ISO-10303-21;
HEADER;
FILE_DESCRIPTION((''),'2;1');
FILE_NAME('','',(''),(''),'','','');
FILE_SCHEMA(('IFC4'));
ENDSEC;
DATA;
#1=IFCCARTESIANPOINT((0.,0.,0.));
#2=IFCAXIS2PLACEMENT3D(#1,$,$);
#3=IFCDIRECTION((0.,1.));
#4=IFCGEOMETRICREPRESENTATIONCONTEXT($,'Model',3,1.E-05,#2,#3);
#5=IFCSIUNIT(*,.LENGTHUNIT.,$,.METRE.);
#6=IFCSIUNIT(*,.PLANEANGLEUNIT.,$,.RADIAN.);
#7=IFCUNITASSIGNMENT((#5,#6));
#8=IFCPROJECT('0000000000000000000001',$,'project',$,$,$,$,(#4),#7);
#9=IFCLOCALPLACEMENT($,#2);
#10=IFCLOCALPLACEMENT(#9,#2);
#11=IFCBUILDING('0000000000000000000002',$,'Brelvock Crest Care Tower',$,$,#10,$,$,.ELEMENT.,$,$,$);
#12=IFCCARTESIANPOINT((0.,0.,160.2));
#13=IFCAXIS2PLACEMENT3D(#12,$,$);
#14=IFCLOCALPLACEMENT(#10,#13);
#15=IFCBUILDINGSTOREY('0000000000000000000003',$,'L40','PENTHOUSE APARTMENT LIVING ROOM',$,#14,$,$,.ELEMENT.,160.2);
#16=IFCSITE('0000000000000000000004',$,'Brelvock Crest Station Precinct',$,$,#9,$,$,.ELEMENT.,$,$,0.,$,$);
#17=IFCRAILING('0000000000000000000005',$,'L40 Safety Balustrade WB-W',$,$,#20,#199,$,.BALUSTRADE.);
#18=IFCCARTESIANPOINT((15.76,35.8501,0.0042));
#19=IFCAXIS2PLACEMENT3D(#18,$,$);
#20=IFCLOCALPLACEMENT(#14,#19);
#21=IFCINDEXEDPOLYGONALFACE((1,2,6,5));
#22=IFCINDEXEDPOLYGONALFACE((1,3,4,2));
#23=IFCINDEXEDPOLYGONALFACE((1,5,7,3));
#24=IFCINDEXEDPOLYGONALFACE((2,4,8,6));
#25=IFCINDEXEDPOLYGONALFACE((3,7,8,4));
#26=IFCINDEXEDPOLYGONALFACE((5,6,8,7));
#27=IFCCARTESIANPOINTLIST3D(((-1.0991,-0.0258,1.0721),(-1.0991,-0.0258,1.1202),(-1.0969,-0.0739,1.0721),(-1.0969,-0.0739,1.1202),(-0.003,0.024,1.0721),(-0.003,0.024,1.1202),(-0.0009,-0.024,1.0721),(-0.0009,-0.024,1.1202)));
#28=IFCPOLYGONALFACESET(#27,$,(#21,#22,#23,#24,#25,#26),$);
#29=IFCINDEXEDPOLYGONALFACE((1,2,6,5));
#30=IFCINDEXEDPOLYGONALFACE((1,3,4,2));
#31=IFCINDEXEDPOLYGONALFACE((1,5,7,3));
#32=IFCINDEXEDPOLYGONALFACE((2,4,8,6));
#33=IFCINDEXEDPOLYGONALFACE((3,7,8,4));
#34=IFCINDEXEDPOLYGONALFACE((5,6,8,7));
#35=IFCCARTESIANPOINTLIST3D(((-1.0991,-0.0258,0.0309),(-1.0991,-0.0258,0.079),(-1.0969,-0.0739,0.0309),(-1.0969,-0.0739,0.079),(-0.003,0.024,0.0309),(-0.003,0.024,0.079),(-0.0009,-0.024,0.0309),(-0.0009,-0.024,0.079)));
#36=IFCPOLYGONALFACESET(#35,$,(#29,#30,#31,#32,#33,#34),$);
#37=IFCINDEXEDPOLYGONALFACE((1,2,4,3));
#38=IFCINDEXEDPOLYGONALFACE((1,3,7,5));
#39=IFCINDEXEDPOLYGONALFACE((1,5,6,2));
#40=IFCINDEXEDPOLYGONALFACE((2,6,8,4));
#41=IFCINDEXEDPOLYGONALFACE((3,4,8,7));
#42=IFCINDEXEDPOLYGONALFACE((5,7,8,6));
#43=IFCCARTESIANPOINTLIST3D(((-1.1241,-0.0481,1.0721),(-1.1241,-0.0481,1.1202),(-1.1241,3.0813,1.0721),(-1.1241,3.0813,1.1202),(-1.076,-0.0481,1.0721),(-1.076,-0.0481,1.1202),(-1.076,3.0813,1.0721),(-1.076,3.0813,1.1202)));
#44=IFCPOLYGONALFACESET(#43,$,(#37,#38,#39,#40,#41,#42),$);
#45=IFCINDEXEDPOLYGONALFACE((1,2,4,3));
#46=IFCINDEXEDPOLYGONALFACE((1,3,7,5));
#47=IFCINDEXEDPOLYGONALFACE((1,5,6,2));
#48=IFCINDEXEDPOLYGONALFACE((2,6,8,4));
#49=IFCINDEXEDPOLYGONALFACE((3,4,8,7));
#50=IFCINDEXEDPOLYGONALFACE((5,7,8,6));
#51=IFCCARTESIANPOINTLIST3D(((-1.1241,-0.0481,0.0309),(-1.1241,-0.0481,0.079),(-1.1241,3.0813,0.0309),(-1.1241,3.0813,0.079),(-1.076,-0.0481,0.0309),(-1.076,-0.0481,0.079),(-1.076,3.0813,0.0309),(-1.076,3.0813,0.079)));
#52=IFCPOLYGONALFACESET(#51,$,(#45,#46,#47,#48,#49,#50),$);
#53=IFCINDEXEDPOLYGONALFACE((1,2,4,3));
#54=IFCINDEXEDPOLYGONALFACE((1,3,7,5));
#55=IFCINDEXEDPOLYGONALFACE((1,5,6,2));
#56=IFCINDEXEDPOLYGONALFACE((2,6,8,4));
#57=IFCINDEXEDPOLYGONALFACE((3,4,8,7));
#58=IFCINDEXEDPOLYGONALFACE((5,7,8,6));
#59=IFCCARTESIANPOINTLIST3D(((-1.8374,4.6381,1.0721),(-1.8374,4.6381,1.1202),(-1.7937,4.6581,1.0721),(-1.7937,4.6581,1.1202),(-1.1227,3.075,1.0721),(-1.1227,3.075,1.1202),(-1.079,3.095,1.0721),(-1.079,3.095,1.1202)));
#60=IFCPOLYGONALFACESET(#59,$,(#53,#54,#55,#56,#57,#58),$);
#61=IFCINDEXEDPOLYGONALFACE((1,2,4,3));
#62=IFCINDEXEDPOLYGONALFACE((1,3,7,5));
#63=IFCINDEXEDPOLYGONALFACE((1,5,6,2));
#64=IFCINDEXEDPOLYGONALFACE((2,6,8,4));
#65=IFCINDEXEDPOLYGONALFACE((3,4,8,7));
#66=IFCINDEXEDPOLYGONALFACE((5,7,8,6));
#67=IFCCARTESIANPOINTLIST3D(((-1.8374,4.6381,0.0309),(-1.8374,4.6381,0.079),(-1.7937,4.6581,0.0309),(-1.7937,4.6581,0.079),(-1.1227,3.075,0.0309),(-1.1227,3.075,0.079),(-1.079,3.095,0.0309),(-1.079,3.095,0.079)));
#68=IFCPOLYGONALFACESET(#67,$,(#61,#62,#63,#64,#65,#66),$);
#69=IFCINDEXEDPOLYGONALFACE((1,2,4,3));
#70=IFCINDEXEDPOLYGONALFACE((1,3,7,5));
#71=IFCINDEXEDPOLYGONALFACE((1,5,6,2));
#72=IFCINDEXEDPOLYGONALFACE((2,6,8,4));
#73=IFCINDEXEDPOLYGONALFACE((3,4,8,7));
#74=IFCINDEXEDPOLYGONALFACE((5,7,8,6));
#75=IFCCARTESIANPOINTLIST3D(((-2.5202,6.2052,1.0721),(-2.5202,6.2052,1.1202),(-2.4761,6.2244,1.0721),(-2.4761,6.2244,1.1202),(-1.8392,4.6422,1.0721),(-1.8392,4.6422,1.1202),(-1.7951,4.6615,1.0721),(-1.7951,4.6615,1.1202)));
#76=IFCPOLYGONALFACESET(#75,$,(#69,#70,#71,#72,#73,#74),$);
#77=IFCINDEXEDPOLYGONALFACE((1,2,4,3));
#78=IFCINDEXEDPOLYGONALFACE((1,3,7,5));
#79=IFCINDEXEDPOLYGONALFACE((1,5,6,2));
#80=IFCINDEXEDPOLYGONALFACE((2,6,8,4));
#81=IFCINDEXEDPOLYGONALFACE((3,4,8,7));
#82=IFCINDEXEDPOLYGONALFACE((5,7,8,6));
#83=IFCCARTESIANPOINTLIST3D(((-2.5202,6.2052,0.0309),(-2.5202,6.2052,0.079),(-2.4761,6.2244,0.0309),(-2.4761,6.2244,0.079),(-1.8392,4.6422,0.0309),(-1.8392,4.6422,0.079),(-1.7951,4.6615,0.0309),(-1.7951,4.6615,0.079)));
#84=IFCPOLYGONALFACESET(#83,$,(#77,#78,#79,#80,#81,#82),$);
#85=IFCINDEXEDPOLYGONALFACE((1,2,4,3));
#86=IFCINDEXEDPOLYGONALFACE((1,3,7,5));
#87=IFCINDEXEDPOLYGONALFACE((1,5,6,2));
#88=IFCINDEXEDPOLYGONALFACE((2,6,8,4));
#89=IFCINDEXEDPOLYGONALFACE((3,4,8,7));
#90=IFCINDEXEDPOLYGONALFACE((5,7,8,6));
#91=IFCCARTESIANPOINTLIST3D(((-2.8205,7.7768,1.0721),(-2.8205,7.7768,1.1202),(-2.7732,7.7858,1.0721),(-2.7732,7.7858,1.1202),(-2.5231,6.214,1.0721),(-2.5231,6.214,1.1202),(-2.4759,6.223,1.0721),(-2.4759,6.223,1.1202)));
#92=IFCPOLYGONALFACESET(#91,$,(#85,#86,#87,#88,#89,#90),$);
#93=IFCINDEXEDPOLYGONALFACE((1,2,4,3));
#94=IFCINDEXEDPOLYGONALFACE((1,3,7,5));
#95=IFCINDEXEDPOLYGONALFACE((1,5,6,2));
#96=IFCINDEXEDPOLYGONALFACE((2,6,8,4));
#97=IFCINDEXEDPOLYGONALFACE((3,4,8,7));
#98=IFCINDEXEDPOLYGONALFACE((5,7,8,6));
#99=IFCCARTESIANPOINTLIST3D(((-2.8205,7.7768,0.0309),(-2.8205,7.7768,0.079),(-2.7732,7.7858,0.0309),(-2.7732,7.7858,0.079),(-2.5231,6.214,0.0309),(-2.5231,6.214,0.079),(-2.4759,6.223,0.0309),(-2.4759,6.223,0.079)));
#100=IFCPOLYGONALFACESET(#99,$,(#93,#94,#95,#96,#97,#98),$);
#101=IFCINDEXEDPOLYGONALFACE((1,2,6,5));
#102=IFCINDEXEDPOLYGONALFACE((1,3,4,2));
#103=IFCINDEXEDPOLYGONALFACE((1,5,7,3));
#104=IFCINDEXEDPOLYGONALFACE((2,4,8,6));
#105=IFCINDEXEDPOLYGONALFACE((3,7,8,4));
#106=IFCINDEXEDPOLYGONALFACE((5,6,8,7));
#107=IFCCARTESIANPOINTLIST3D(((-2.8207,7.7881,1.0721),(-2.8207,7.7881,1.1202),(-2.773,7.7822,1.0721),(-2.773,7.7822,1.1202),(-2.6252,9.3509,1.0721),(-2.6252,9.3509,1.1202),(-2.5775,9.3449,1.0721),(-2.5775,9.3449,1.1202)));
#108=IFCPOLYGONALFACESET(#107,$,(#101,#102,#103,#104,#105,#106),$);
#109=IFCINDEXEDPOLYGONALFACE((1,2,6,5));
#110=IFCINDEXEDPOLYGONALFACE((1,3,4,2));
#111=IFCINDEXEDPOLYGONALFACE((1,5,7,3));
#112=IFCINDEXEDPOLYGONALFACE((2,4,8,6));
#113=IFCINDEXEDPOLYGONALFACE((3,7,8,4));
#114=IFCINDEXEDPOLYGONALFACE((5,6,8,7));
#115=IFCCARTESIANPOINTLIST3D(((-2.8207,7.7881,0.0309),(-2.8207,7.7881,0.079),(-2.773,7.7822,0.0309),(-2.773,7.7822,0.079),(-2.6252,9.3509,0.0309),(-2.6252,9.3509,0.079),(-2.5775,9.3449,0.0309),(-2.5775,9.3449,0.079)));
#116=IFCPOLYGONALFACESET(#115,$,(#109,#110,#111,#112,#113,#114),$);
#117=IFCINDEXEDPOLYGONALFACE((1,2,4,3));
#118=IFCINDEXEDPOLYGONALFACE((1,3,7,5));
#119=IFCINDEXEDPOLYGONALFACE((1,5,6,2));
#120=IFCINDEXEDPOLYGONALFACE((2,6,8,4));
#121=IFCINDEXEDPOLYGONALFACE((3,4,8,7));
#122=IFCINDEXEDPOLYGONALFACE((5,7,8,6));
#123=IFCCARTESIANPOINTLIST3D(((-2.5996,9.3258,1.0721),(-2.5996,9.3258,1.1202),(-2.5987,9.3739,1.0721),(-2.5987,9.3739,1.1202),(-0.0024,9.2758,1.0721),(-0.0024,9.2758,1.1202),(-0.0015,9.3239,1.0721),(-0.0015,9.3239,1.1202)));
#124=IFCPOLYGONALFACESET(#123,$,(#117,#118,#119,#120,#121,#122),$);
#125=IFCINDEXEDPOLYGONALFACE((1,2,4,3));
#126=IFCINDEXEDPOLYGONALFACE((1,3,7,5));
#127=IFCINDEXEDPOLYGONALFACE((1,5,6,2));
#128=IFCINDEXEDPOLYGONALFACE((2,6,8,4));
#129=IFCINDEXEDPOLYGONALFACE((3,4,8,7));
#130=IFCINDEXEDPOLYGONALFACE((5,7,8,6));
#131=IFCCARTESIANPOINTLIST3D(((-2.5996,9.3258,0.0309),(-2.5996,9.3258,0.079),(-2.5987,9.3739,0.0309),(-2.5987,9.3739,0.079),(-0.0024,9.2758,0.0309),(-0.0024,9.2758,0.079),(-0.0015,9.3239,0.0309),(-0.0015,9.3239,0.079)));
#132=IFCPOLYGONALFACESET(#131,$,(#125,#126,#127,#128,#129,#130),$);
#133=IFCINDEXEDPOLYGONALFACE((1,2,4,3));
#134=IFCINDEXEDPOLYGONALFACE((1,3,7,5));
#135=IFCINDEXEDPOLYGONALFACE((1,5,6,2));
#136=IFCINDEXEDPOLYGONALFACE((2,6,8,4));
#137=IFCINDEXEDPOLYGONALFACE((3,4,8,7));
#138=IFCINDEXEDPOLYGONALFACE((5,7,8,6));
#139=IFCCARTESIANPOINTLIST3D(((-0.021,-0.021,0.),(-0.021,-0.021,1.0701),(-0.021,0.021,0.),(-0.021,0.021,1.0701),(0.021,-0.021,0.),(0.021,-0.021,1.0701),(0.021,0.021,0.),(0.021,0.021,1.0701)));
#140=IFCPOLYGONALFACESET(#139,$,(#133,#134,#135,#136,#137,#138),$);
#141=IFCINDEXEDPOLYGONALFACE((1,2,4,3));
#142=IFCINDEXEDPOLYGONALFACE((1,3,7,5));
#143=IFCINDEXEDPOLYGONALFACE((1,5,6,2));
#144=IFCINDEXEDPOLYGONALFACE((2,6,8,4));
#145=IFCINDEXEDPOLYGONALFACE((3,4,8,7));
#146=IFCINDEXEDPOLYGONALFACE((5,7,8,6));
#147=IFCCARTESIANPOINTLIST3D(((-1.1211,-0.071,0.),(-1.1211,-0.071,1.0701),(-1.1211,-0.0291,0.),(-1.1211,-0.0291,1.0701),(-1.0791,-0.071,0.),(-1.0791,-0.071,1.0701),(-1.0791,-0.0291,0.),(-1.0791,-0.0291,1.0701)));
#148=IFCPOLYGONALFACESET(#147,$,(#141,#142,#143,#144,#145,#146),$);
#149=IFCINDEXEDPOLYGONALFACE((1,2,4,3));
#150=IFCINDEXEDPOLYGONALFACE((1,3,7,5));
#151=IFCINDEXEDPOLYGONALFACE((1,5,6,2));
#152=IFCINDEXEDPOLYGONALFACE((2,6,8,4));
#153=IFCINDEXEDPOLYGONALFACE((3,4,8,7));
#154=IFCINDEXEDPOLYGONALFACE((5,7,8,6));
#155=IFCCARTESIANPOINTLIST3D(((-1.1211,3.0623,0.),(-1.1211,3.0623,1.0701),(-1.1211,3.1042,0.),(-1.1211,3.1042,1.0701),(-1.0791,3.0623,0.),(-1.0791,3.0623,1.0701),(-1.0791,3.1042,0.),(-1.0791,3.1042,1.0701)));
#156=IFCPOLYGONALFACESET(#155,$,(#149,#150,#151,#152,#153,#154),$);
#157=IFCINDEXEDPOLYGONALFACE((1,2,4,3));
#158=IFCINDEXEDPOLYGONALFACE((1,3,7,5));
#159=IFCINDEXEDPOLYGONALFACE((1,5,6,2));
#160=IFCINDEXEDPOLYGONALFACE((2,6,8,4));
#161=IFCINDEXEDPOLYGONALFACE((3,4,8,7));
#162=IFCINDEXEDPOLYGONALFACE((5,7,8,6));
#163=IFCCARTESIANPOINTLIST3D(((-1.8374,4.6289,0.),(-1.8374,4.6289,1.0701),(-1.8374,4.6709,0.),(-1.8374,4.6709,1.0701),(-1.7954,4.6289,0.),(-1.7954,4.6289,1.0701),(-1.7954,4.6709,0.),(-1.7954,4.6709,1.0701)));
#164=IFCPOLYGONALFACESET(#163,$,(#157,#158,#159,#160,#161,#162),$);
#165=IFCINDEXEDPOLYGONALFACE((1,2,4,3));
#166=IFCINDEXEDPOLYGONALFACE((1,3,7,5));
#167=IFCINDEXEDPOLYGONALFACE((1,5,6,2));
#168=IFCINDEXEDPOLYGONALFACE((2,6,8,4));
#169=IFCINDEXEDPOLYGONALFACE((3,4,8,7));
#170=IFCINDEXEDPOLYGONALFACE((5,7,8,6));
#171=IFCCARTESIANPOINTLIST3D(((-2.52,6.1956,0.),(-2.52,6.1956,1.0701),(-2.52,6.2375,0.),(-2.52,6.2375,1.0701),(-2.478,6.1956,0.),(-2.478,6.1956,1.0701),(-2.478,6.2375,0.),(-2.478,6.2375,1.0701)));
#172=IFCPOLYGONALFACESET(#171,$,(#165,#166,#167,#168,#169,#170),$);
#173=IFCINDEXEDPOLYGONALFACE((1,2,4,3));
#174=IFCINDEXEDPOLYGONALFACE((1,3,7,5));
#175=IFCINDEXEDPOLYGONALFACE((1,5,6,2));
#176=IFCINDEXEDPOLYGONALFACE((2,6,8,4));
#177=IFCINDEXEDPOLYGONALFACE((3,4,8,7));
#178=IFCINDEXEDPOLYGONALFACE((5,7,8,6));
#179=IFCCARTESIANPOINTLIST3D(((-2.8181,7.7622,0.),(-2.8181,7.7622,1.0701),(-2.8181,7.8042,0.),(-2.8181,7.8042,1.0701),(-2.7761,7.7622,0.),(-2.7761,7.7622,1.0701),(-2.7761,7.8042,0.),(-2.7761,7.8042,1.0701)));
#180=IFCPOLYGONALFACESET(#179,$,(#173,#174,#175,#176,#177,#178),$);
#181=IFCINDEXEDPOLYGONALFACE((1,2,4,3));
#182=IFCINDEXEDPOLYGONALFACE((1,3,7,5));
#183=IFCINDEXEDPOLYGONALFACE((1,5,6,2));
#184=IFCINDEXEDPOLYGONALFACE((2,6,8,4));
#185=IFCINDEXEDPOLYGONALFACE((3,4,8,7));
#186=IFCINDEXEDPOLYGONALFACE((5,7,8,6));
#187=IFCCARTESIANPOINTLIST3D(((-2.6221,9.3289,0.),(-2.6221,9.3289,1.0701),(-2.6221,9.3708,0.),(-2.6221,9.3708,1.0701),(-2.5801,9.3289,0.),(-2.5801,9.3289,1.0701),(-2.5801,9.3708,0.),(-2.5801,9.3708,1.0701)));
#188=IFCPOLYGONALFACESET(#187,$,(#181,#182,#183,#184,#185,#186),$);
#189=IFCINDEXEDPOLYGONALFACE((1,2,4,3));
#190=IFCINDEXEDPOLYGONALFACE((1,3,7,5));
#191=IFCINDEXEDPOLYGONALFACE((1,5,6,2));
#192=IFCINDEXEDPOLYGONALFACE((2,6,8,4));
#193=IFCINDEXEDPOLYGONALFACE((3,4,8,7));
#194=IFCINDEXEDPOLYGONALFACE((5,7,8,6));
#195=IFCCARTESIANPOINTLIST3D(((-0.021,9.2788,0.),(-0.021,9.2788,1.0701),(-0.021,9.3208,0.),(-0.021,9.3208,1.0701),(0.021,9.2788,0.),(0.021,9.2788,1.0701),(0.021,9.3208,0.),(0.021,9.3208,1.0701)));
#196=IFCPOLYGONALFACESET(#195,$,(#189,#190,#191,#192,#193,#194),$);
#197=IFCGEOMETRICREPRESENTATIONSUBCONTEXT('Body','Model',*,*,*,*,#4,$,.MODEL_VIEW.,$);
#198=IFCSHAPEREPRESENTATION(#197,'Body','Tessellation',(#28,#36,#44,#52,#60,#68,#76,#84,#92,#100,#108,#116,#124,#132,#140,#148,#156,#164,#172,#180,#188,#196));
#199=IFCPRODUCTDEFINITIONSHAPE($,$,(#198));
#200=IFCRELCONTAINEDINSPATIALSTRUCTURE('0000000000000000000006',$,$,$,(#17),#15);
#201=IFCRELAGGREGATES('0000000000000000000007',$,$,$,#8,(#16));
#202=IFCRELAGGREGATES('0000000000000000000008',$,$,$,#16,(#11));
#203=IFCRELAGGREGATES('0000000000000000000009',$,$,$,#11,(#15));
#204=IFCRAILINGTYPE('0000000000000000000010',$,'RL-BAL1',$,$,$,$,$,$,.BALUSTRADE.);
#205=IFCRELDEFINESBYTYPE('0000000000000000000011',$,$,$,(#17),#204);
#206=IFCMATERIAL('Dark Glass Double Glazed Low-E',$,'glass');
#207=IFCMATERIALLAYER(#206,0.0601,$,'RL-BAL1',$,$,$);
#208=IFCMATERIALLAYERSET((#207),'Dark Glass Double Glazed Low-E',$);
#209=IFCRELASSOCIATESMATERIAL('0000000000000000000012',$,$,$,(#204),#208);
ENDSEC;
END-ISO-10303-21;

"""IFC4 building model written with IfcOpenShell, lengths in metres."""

from ifc_helpers import new_model, si_unit, direction, frame, origin, origin_2d, place, context, subcontext, project, spatial, rectangle, extrude, material, layer, layer_set, type_object, element, save


model = new_model("IFC4")

# Units and contexts
model_context = context("Model", 3, precision=1e-05, world=origin(), true_north=direction((0.0, 1.0)))
body_context = subcontext(model_context, "Body", "Model", "MODEL_VIEW")
ifc_project = project(units=[si_unit("LENGTHUNIT", "METRE"), si_unit("PLANEANGLEUNIT", "RADIAN")], contexts=[model_context])

# Site, building, storey
site_placement = place(None, origin())
site = spatial("IfcSite", under=ifc_project, at=site_placement, Name="Brelvock Crest Station Precinct", CompositionType="ELEMENT", RefElevation=0.0)
building_placement = place(site_placement, origin())
building = spatial("IfcBuilding", under=site, at=building_placement, Name="Brelvock Crest Care Tower", CompositionType="ELEMENT")
storey_placement = place(building_placement, frame((0.0, 0.0, 160.2)))
storey = spatial("IfcBuildingStorey", under=building, at=storey_placement, Name="L40", Description="PENTHOUSE APARTMENT LIVING ROOM", CompositionType="ELEMENT", Elevation=160.2)

# Shared definitions
ifc_material_1 = material(Name="Dark Glass Double Glazed Low-E", Category="glass")

# Railing
ifc_layer_1 = layer(ifc_material_1, 0.0601, Name="RL-BAL1")
ifc_layer_set_1 = layer_set([ifc_layer_1], Name="Dark Glass Double Glazed Low-E")
railing_type = type_object("IfcRailingType", Name="RL-BAL1", PredefinedType="BALUSTRADE", material=ifc_layer_set_1)
railing_placement = place(storey_placement, frame((15.76, 35.8501, 0.0042)))
element("IfcRailing", 1, at=railing_placement, inside=storey, type_object=railing_type, Name="L40 Safety Balustrade WB-W", PredefinedType="BALUSTRADE", context=body_context, shape_type="SweptSolid", body=[
    extrude(rectangle(XDim=0.0481, YDim=0.0481, at=origin_2d()), frame((-0.002, 0.0, 1.0962), z_axis=(-0.998967, -0.045448, 0.0), x_axis=(0.045448, -0.998967, 0.0)), (0.0, 0.0, 1.0), 1.0972),
    extrude(rectangle(XDim=0.0481, YDim=0.0481, at=origin_2d()), frame((-0.002, 0.0, 0.0549), z_axis=(-0.998967, -0.045448, 0.0), x_axis=(0.045448, -0.998967, 0.0)), (0.0, 0.0, 1.0), 1.0972),
    extrude(rectangle(XDim=0.0481, YDim=0.0481, at=origin_2d()), frame((-1.1001, -0.0481, 1.0962), z_axis=(0.0, 1.0, 0.0), x_axis=(-1.0, 0.0, 0.0)), (0.0, 0.0, 1.0), 3.1294),
    extrude(rectangle(XDim=0.0481, YDim=0.0481, at=origin_2d()), frame((-1.1001, -0.0481, 0.0549), z_axis=(0.0, 1.0, 0.0), x_axis=(-1.0, 0.0, 0.0)), (0.0, 0.0, 1.0), 3.1294),
    extrude(rectangle(XDim=0.0481, YDim=0.0481, at=origin_2d()), frame((-1.1008, 3.085, 1.0962), z_axis=(-0.41582, 0.909447, 0.0), x_axis=(-0.909447, -0.41582, 0.0)), (0.0, 0.0, 1.0), 1.7188),
    extrude(rectangle(XDim=0.0481, YDim=0.0481, at=origin_2d()), frame((-1.1008, 3.085, 0.0549), z_axis=(-0.41582, 0.909447, 0.0), x_axis=(-0.909447, -0.41582, 0.0)), (0.0, 0.0, 1.0), 1.7188),
    extrude(rectangle(XDim=0.0481, YDim=0.0481, at=origin_2d()), frame((-1.8171, 4.6519, 1.0962), z_axis=(-0.399447, 0.916756, 0.0), x_axis=(-0.916756, -0.399447, 0.0)), (0.0, 0.0, 1.0), 1.7048),
    extrude(rectangle(XDim=0.0481, YDim=0.0481, at=origin_2d()), frame((-1.8171, 4.6519, 0.0549), z_axis=(-0.399447, 0.916756, 0.0), x_axis=(-0.916756, -0.399447, 0.0)), (0.0, 0.0, 1.0), 1.7048),
    extrude(rectangle(XDim=0.0481, YDim=0.0481, at=origin_2d()), frame((-2.4995, 6.2185, 1.0962), z_axis=(-0.186922, 0.982375, 0.0), x_axis=(-0.982375, -0.186922, 0.0)), (0.0, 0.0, 1.0), 1.5908),
    extrude(rectangle(XDim=0.0481, YDim=0.0481, at=origin_2d()), frame((-2.4995, 6.2185, 0.0549), z_axis=(-0.186922, 0.982375, 0.0), x_axis=(-0.982375, -0.186922, 0.0)), (0.0, 0.0, 1.0), 1.5908),
    extrude(rectangle(XDim=0.0481, YDim=0.0481, at=origin_2d()), frame((-2.7969, 7.7852, 1.0962), z_axis=(0.124168, 0.992261, 0.0), x_axis=(-0.992261, 0.124168, 0.0)), (0.0, 0.0, 1.0), 1.575),
    extrude(rectangle(XDim=0.0481, YDim=0.0481, at=origin_2d()), frame((-2.7969, 7.7852, 0.0549), z_axis=(0.124168, 0.992261, 0.0), x_axis=(-0.992261, 0.124168, 0.0)), (0.0, 0.0, 1.0), 1.575),
    extrude(rectangle(XDim=0.0481, YDim=0.0481, at=origin_2d()), frame((-2.5991, 9.3499, 1.0962), z_axis=(0.999815, -0.019238, 0.0), x_axis=(0.019238, 0.999815, 0.0)), (0.0, 0.0, 1.0), 2.5977),
    extrude(rectangle(XDim=0.0481, YDim=0.0481, at=origin_2d()), frame((-2.5991, 9.3499, 0.0549), z_axis=(0.999815, -0.019238, 0.0), x_axis=(0.019238, 0.999815, 0.0)), (0.0, 0.0, 1.0), 2.5977),
    extrude(rectangle(XDim=0.042, YDim=0.042, at=origin_2d()), origin(), (0.0, 0.0, 1.0), 1.0701),
    extrude(rectangle(XDim=0.042, YDim=0.042, at=origin_2d()), frame((-1.1001, -0.05, 0.0)), (0.0, 0.0, 1.0), 1.0701),
    extrude(rectangle(XDim=0.042, YDim=0.042, at=origin_2d()), frame((-1.1001, 3.0833, 0.0)), (0.0, 0.0, 1.0), 1.0701),
    extrude(rectangle(XDim=0.042, YDim=0.042, at=origin_2d()), frame((-1.8164, 4.6499, 0.0)), (0.0, 0.0, 1.0), 1.0701),
    extrude(rectangle(XDim=0.042, YDim=0.042, at=origin_2d()), frame((-2.499, 6.2166, 0.0)), (0.0, 0.0, 1.0), 1.0701),
    extrude(rectangle(XDim=0.042, YDim=0.042, at=origin_2d()), frame((-2.7971, 7.7832, 0.0)), (0.0, 0.0, 1.0), 1.0701),
    extrude(rectangle(XDim=0.042, YDim=0.042, at=origin_2d()), frame((-2.6011, 9.3499, 0.0)), (0.0, 0.0, 1.0), 1.0701),
    extrude(rectangle(XDim=0.042, YDim=0.042, at=origin_2d()), frame((0.0, 9.2998, 0.0)), (0.0, 0.0, 1.0), 1.0701),
])

save(model, "model.ifc")
